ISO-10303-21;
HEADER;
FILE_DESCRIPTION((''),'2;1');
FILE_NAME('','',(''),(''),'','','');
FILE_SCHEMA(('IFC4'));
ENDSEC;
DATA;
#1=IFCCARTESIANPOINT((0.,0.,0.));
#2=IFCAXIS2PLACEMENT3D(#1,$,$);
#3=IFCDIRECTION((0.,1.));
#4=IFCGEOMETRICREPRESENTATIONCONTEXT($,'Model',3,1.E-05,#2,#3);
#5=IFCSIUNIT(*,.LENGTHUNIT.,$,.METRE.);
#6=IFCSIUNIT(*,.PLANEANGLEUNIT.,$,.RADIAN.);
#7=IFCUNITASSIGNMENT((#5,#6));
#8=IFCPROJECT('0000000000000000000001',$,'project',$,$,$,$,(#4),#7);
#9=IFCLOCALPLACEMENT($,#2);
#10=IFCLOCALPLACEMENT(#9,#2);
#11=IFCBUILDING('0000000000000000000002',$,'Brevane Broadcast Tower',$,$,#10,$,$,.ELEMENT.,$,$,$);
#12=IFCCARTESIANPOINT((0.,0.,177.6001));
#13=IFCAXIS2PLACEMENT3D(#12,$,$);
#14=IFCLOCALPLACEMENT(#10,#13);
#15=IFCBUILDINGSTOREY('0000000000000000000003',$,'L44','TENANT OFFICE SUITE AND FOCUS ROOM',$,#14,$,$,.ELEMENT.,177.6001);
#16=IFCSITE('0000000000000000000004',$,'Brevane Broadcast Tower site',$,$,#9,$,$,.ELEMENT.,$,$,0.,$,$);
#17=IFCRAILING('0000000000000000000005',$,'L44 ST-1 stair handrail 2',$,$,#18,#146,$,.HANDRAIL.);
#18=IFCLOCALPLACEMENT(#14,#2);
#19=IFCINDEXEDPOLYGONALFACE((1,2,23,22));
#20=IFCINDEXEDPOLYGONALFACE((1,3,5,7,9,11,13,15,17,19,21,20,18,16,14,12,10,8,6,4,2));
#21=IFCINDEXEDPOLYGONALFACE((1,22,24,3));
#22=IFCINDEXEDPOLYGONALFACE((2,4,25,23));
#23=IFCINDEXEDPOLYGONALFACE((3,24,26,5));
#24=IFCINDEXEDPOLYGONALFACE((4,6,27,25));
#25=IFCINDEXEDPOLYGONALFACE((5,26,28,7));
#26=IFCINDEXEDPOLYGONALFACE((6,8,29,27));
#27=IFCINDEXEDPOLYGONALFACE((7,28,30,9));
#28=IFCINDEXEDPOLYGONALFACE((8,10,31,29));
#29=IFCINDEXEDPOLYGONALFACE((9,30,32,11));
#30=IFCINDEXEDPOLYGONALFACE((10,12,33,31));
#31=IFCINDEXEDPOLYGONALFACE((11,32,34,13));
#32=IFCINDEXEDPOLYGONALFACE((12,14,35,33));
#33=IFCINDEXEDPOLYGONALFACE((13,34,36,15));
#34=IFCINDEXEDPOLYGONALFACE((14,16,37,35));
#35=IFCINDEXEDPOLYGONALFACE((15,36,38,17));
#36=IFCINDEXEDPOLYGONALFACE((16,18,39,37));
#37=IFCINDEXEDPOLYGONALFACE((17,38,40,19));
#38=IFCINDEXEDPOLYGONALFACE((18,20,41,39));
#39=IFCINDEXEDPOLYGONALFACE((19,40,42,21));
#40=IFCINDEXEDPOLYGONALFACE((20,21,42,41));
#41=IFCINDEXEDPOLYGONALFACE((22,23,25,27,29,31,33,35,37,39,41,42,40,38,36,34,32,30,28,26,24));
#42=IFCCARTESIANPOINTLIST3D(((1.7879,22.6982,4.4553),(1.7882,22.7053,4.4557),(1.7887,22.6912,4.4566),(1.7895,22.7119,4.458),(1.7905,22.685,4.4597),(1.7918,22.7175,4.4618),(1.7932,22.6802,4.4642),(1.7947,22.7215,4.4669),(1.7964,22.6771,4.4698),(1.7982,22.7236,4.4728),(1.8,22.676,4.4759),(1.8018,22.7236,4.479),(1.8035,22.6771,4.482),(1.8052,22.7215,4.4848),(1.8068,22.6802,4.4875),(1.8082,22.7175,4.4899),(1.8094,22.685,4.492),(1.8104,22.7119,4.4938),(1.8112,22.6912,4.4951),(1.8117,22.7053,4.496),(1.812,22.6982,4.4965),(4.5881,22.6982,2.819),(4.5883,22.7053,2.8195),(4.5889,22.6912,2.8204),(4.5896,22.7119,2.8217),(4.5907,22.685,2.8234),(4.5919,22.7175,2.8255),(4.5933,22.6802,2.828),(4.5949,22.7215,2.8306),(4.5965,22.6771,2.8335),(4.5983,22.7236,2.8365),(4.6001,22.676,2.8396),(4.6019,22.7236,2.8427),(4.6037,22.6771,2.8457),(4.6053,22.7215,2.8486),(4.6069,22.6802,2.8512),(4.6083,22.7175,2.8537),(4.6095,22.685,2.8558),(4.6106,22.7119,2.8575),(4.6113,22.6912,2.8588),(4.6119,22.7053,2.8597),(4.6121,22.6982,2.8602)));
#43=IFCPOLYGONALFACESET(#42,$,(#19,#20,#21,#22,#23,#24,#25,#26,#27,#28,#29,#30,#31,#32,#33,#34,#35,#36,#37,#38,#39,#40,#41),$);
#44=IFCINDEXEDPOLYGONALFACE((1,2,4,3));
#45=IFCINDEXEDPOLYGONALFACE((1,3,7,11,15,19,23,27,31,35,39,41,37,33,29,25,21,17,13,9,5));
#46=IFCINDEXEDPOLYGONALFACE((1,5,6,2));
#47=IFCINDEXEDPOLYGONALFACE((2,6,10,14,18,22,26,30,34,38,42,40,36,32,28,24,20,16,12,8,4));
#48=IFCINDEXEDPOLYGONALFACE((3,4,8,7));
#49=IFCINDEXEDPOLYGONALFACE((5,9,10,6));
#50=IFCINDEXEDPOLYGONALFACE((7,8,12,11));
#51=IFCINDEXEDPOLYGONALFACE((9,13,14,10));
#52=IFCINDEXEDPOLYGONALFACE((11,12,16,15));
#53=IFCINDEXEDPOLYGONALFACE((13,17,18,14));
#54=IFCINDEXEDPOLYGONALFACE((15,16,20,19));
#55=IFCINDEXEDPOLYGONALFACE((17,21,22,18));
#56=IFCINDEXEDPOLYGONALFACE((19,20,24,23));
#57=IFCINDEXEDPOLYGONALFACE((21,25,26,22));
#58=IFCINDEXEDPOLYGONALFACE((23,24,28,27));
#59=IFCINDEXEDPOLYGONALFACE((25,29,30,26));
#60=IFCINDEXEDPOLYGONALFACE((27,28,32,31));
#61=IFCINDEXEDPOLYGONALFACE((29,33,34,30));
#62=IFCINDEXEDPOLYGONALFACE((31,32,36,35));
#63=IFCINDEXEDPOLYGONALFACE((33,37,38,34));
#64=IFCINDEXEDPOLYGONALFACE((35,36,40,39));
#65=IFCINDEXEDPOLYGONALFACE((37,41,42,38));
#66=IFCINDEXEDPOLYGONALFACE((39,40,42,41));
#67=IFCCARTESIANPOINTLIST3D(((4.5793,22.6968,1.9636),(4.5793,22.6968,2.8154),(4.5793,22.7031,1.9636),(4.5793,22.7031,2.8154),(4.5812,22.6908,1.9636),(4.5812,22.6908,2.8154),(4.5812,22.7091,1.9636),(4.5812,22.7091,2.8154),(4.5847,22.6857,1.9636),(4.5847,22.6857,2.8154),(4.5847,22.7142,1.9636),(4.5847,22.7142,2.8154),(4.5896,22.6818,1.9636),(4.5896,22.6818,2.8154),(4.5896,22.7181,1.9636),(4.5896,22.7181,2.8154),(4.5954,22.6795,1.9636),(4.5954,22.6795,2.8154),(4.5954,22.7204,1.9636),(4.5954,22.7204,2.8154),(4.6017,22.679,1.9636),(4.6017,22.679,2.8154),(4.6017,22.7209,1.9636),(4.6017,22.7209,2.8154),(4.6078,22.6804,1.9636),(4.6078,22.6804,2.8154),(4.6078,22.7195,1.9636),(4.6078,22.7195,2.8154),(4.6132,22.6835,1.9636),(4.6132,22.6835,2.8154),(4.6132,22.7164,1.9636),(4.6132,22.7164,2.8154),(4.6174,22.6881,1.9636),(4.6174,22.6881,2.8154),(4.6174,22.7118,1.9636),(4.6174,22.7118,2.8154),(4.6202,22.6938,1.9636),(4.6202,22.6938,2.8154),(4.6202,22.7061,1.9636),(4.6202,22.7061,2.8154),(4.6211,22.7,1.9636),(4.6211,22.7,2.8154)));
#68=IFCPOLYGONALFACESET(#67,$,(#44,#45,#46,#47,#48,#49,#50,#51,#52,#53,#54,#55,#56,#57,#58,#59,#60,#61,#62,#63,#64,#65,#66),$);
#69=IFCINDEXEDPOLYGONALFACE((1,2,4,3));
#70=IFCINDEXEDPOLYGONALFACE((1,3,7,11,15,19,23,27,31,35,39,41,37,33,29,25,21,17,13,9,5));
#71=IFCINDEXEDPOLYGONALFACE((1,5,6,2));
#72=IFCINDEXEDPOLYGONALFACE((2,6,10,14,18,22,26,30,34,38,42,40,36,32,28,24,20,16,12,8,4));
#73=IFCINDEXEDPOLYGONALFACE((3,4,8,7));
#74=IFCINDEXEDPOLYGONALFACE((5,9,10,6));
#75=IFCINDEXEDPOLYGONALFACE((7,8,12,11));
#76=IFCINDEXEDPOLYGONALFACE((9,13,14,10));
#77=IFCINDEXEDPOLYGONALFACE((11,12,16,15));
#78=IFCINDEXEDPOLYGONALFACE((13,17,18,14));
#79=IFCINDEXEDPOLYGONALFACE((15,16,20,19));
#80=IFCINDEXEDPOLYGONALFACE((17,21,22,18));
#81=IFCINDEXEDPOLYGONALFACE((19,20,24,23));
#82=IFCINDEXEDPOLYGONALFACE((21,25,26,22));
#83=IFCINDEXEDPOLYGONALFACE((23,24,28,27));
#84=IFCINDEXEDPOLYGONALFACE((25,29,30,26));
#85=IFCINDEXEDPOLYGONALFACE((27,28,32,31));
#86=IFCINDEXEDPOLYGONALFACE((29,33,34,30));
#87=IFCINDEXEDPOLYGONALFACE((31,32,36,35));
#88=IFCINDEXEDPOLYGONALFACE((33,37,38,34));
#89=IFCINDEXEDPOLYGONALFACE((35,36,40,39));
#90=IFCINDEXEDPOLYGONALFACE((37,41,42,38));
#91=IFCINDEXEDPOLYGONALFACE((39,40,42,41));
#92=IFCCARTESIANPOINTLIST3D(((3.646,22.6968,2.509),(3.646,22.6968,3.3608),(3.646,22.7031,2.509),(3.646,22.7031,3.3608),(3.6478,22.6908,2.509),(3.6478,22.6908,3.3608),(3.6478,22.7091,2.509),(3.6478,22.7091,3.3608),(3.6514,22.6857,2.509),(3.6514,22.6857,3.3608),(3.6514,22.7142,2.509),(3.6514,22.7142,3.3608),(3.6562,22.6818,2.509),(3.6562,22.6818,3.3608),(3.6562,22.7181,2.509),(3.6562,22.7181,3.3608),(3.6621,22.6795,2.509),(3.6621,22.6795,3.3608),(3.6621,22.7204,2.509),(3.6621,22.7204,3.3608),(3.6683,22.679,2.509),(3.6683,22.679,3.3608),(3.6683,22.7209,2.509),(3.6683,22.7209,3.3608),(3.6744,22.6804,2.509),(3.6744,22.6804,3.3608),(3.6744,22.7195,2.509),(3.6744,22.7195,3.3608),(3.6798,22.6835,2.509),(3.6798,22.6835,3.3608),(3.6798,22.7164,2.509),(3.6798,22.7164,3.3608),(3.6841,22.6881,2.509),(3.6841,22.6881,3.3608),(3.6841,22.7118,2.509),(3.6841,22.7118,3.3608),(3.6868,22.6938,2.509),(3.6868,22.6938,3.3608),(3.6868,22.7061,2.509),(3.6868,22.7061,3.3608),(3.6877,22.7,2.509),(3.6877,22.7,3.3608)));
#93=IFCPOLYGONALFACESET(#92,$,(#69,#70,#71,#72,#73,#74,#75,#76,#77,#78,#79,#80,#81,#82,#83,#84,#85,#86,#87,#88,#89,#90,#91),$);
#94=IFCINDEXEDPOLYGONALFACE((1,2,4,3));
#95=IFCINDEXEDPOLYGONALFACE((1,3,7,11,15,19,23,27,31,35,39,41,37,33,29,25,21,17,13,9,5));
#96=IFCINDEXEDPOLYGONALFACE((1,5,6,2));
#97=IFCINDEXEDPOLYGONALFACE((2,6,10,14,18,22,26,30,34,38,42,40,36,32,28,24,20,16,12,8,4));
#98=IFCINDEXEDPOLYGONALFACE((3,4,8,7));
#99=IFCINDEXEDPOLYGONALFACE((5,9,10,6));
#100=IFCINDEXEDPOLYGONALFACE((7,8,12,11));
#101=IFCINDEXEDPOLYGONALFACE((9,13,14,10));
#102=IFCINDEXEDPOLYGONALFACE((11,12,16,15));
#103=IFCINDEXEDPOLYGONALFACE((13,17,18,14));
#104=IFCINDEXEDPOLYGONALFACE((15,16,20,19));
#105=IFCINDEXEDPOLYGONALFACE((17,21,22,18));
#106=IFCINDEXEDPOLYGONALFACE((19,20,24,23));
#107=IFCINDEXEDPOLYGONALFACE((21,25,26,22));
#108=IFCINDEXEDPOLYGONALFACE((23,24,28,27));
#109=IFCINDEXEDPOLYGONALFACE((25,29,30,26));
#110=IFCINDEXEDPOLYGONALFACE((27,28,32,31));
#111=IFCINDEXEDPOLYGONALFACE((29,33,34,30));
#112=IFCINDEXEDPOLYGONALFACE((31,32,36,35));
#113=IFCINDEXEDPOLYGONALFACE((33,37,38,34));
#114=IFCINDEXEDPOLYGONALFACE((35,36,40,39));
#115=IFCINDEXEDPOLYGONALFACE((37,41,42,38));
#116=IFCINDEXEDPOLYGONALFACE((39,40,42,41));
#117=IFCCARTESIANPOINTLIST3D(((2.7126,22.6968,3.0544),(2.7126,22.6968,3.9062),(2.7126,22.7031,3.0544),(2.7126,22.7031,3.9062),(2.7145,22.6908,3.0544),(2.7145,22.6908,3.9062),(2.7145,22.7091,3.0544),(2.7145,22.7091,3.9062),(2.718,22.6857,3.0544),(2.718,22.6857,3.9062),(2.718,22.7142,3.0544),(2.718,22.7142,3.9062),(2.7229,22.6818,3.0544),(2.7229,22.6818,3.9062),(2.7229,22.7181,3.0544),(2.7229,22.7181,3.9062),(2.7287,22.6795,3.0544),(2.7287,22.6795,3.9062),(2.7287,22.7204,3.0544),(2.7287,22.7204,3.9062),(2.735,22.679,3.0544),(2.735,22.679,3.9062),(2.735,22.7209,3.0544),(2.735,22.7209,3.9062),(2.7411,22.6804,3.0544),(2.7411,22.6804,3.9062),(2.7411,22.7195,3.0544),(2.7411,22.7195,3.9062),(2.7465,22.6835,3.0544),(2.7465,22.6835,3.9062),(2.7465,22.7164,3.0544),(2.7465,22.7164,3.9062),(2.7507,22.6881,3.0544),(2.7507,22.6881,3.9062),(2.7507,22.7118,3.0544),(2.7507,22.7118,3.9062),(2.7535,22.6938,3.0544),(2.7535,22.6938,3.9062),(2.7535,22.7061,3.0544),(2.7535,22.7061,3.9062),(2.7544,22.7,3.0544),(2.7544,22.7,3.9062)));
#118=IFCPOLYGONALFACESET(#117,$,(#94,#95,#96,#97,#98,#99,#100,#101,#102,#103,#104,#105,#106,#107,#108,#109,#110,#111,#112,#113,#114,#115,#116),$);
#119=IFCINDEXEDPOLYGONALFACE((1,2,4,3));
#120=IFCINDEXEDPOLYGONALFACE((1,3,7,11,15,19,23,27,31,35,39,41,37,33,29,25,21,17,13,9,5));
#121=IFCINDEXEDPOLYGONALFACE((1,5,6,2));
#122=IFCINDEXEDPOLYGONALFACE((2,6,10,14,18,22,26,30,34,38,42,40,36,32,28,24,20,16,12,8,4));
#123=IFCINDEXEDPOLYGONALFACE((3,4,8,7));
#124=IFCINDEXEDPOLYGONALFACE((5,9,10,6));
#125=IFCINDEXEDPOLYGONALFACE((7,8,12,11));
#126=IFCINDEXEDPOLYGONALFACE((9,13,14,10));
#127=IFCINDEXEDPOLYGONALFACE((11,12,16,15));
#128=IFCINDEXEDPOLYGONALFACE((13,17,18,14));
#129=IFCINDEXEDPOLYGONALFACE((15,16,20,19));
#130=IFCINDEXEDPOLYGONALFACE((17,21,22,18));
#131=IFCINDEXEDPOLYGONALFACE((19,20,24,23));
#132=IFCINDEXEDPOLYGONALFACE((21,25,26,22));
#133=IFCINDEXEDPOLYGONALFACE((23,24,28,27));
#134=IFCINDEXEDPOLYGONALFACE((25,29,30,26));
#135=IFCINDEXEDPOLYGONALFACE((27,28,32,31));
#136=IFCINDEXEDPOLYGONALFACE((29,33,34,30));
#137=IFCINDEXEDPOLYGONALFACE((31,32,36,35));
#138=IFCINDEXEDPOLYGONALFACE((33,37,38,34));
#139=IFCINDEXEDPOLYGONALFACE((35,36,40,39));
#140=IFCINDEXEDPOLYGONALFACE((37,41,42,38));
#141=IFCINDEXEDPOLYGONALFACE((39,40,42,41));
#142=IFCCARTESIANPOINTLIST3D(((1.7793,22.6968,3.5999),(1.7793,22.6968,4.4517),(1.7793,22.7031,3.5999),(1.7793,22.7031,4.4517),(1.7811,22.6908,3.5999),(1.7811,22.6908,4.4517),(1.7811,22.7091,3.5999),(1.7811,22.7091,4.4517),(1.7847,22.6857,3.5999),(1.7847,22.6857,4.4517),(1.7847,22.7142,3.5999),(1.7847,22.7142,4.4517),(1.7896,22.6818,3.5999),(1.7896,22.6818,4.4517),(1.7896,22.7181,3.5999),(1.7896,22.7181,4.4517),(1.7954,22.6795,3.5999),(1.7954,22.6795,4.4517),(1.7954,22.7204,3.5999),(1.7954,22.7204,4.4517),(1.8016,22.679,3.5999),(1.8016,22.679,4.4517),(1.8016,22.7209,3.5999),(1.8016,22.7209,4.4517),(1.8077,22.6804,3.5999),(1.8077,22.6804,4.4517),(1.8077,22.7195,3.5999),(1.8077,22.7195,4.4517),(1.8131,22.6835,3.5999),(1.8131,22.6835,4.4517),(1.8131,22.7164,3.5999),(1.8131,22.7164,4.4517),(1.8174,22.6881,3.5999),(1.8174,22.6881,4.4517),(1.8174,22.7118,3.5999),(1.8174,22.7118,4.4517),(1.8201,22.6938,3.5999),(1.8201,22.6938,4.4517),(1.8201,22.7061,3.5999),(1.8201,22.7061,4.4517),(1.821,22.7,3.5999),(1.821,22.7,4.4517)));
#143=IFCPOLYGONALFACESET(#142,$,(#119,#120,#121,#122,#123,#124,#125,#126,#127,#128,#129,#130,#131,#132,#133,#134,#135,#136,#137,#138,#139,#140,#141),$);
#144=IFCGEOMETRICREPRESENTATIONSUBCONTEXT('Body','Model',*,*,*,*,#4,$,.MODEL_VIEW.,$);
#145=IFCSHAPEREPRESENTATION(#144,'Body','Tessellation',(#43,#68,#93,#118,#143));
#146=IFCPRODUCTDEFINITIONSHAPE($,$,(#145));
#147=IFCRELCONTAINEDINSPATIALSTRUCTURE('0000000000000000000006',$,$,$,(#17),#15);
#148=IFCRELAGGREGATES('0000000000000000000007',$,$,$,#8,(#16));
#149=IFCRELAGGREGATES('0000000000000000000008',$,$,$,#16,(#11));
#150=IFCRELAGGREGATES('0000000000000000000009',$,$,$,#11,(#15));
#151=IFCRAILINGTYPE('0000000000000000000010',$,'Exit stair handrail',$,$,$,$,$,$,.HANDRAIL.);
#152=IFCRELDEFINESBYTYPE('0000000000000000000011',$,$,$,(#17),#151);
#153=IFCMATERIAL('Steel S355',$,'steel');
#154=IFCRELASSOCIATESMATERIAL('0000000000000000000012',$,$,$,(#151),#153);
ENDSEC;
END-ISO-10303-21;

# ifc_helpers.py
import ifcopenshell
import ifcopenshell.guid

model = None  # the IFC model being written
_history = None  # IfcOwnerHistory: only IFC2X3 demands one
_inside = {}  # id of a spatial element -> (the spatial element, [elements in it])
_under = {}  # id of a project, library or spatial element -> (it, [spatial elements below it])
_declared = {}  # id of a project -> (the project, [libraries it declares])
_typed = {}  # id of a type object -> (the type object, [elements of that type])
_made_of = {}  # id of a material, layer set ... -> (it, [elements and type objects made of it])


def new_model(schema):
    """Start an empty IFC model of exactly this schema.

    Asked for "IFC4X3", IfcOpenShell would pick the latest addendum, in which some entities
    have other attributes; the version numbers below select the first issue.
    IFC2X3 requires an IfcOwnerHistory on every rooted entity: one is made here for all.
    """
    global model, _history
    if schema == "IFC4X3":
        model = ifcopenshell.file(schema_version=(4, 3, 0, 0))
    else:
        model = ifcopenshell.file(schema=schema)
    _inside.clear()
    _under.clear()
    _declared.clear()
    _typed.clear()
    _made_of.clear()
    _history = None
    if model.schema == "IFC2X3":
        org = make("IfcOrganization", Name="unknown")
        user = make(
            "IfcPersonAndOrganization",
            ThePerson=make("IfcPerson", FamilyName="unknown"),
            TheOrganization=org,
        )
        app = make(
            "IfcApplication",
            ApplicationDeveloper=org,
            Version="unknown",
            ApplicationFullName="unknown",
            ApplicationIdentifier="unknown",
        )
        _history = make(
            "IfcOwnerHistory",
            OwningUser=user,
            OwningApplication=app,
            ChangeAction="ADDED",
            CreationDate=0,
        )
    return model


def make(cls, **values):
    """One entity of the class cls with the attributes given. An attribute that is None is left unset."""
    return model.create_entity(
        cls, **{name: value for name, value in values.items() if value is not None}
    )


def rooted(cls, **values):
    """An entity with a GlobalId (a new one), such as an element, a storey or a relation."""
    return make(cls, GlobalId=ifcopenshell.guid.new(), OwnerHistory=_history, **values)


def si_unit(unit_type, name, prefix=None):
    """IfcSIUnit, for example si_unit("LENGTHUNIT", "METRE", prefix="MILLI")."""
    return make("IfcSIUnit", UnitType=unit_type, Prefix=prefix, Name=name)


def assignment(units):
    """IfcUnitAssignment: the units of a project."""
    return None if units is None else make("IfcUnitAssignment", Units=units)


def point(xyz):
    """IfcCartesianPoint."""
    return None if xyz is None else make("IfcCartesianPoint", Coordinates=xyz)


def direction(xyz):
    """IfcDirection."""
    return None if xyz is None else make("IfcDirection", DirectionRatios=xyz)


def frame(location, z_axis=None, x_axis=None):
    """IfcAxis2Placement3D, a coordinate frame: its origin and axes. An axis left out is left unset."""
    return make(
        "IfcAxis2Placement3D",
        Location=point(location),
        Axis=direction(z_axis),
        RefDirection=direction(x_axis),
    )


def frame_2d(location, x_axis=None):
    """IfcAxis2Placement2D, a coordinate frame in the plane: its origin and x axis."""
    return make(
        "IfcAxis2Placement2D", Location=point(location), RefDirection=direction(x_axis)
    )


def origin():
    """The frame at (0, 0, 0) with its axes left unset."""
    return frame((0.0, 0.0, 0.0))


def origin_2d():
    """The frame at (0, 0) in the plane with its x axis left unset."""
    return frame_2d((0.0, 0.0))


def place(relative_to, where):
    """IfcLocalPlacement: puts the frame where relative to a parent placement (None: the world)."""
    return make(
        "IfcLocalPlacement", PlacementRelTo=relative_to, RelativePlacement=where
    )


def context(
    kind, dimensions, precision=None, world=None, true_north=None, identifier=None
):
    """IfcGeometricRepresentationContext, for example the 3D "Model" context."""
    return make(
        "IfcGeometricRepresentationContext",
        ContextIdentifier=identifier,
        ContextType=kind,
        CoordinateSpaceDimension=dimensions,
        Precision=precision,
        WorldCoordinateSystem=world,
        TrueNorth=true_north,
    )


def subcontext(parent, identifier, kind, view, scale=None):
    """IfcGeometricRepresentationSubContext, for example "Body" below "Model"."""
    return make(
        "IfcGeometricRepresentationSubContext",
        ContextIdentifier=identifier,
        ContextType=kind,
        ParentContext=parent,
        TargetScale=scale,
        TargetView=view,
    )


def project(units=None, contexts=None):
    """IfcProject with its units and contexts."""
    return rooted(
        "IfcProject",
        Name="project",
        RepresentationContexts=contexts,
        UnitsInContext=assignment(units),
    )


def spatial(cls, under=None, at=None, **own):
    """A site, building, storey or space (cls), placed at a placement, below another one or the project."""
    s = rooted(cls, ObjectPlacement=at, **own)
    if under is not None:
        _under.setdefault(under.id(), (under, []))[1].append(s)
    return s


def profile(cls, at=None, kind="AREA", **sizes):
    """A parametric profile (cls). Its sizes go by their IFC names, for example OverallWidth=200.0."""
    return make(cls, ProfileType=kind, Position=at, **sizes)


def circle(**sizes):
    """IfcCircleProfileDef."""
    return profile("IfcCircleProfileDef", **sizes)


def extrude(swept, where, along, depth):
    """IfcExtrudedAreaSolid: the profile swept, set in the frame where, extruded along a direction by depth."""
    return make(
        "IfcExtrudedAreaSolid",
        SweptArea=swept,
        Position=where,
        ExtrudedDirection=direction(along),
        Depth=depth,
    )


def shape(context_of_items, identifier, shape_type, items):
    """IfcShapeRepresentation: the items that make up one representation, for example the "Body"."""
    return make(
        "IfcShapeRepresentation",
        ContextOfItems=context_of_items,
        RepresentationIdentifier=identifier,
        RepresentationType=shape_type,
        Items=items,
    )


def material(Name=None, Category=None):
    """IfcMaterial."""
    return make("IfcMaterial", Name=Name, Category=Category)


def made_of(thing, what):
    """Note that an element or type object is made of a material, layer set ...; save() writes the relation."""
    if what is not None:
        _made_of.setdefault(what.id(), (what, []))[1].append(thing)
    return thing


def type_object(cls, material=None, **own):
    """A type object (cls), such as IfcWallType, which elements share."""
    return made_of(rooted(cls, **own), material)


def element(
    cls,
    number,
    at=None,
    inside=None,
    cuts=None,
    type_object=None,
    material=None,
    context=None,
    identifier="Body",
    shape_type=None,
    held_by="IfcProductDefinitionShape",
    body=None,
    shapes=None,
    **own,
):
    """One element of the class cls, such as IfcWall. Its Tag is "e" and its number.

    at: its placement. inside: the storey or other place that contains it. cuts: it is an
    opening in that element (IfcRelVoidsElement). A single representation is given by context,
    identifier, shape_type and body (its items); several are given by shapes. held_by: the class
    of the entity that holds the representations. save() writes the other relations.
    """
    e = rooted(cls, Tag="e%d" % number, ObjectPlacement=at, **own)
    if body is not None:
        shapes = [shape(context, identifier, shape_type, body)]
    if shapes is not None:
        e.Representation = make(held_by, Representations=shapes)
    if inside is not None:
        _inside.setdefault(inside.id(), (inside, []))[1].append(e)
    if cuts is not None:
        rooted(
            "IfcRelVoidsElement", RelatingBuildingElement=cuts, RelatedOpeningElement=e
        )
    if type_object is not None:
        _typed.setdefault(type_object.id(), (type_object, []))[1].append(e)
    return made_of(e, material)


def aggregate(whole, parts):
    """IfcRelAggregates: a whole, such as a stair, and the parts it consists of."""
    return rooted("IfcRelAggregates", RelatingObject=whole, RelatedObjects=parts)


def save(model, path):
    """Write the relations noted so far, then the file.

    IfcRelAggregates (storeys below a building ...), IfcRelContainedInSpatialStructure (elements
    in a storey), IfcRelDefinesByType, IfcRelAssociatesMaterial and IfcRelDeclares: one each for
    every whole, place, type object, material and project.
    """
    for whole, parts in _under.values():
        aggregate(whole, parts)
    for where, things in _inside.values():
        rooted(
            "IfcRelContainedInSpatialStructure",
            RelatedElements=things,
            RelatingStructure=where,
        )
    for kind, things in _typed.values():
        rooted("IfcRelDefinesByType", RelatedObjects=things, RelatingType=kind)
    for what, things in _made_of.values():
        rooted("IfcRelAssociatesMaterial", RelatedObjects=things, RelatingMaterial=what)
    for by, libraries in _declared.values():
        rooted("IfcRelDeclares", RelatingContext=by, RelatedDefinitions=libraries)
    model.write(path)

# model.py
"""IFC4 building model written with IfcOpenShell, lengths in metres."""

from ifc_helpers import new_model, si_unit, direction, frame, origin, origin_2d, place, context, subcontext, project, spatial, circle, extrude, material, type_object, element, save


model = new_model("IFC4")

# Units and contexts
model_context = context("Model", 3, precision=1e-05, world=origin(), true_north=direction((0.0, 1.0)))
body_context = subcontext(model_context, "Body", "Model", "MODEL_VIEW")
ifc_project = project(units=[si_unit("LENGTHUNIT", "METRE"), si_unit("PLANEANGLEUNIT", "RADIAN")], contexts=[model_context])

# Site, building, storey
site_placement = place(None, origin())
site = spatial("IfcSite", under=ifc_project, at=site_placement, Name="Brevane Broadcast Tower site", CompositionType="ELEMENT", RefElevation=0.0)
building_placement = place(site_placement, origin())
building = spatial("IfcBuilding", under=site, at=building_placement, Name="Brevane Broadcast Tower", CompositionType="ELEMENT")
storey_placement = place(building_placement, frame((0.0, 0.0, 177.6001)))
storey = spatial("IfcBuildingStorey", under=building, at=storey_placement, Name="L44", Description="TENANT OFFICE SUITE AND FOCUS ROOM", CompositionType="ELEMENT", Elevation=177.6001)

# Railing
ifc_material_1 = material(Name="Steel S355", Category="steel")
railing_type_1 = type_object("IfcRailingType", Name="Exit stair handrail", PredefinedType="HANDRAIL", material=ifc_material_1)
railing_1_placement = place(storey_placement, frame((4.6001, 22.7, 1.9636)))
element("IfcRailing", 1, at=railing_1_placement, inside=storey, type_object=railing_type_1, Name="L44 ST-1 stair handrail 2", PredefinedType="HANDRAIL", context=body_context, shape_type="SweptSolid", body=[
    extrude(circle(Radius=0.0239, at=origin_2d()), frame((0.0, 0.0, 0.876), z_axis=(-0.863394, 0.0, 0.504531), x_axis=(0.0, -1.0, 0.0)), (0.0, 0.0, 1.0), 3.2432),
    extrude(circle(Radius=0.021, at=origin_2d()), origin(), (0.0, 0.0, 1.0), 0.8518),
    extrude(circle(Radius=0.021, at=origin_2d()), frame((-0.9333, 0.0, 0.5454)), (0.0, 0.0, 1.0), 0.8518),
    extrude(circle(Radius=0.021, at=origin_2d()), frame((-1.8667, 0.0, 1.0908)), (0.0, 0.0, 1.0), 0.8518),
    extrude(circle(Radius=0.021, at=origin_2d()), frame((-2.8, 0.0, 1.6362)), (0.0, 0.0, 1.0), 0.8518),
])

save(model, "model.ifc")
